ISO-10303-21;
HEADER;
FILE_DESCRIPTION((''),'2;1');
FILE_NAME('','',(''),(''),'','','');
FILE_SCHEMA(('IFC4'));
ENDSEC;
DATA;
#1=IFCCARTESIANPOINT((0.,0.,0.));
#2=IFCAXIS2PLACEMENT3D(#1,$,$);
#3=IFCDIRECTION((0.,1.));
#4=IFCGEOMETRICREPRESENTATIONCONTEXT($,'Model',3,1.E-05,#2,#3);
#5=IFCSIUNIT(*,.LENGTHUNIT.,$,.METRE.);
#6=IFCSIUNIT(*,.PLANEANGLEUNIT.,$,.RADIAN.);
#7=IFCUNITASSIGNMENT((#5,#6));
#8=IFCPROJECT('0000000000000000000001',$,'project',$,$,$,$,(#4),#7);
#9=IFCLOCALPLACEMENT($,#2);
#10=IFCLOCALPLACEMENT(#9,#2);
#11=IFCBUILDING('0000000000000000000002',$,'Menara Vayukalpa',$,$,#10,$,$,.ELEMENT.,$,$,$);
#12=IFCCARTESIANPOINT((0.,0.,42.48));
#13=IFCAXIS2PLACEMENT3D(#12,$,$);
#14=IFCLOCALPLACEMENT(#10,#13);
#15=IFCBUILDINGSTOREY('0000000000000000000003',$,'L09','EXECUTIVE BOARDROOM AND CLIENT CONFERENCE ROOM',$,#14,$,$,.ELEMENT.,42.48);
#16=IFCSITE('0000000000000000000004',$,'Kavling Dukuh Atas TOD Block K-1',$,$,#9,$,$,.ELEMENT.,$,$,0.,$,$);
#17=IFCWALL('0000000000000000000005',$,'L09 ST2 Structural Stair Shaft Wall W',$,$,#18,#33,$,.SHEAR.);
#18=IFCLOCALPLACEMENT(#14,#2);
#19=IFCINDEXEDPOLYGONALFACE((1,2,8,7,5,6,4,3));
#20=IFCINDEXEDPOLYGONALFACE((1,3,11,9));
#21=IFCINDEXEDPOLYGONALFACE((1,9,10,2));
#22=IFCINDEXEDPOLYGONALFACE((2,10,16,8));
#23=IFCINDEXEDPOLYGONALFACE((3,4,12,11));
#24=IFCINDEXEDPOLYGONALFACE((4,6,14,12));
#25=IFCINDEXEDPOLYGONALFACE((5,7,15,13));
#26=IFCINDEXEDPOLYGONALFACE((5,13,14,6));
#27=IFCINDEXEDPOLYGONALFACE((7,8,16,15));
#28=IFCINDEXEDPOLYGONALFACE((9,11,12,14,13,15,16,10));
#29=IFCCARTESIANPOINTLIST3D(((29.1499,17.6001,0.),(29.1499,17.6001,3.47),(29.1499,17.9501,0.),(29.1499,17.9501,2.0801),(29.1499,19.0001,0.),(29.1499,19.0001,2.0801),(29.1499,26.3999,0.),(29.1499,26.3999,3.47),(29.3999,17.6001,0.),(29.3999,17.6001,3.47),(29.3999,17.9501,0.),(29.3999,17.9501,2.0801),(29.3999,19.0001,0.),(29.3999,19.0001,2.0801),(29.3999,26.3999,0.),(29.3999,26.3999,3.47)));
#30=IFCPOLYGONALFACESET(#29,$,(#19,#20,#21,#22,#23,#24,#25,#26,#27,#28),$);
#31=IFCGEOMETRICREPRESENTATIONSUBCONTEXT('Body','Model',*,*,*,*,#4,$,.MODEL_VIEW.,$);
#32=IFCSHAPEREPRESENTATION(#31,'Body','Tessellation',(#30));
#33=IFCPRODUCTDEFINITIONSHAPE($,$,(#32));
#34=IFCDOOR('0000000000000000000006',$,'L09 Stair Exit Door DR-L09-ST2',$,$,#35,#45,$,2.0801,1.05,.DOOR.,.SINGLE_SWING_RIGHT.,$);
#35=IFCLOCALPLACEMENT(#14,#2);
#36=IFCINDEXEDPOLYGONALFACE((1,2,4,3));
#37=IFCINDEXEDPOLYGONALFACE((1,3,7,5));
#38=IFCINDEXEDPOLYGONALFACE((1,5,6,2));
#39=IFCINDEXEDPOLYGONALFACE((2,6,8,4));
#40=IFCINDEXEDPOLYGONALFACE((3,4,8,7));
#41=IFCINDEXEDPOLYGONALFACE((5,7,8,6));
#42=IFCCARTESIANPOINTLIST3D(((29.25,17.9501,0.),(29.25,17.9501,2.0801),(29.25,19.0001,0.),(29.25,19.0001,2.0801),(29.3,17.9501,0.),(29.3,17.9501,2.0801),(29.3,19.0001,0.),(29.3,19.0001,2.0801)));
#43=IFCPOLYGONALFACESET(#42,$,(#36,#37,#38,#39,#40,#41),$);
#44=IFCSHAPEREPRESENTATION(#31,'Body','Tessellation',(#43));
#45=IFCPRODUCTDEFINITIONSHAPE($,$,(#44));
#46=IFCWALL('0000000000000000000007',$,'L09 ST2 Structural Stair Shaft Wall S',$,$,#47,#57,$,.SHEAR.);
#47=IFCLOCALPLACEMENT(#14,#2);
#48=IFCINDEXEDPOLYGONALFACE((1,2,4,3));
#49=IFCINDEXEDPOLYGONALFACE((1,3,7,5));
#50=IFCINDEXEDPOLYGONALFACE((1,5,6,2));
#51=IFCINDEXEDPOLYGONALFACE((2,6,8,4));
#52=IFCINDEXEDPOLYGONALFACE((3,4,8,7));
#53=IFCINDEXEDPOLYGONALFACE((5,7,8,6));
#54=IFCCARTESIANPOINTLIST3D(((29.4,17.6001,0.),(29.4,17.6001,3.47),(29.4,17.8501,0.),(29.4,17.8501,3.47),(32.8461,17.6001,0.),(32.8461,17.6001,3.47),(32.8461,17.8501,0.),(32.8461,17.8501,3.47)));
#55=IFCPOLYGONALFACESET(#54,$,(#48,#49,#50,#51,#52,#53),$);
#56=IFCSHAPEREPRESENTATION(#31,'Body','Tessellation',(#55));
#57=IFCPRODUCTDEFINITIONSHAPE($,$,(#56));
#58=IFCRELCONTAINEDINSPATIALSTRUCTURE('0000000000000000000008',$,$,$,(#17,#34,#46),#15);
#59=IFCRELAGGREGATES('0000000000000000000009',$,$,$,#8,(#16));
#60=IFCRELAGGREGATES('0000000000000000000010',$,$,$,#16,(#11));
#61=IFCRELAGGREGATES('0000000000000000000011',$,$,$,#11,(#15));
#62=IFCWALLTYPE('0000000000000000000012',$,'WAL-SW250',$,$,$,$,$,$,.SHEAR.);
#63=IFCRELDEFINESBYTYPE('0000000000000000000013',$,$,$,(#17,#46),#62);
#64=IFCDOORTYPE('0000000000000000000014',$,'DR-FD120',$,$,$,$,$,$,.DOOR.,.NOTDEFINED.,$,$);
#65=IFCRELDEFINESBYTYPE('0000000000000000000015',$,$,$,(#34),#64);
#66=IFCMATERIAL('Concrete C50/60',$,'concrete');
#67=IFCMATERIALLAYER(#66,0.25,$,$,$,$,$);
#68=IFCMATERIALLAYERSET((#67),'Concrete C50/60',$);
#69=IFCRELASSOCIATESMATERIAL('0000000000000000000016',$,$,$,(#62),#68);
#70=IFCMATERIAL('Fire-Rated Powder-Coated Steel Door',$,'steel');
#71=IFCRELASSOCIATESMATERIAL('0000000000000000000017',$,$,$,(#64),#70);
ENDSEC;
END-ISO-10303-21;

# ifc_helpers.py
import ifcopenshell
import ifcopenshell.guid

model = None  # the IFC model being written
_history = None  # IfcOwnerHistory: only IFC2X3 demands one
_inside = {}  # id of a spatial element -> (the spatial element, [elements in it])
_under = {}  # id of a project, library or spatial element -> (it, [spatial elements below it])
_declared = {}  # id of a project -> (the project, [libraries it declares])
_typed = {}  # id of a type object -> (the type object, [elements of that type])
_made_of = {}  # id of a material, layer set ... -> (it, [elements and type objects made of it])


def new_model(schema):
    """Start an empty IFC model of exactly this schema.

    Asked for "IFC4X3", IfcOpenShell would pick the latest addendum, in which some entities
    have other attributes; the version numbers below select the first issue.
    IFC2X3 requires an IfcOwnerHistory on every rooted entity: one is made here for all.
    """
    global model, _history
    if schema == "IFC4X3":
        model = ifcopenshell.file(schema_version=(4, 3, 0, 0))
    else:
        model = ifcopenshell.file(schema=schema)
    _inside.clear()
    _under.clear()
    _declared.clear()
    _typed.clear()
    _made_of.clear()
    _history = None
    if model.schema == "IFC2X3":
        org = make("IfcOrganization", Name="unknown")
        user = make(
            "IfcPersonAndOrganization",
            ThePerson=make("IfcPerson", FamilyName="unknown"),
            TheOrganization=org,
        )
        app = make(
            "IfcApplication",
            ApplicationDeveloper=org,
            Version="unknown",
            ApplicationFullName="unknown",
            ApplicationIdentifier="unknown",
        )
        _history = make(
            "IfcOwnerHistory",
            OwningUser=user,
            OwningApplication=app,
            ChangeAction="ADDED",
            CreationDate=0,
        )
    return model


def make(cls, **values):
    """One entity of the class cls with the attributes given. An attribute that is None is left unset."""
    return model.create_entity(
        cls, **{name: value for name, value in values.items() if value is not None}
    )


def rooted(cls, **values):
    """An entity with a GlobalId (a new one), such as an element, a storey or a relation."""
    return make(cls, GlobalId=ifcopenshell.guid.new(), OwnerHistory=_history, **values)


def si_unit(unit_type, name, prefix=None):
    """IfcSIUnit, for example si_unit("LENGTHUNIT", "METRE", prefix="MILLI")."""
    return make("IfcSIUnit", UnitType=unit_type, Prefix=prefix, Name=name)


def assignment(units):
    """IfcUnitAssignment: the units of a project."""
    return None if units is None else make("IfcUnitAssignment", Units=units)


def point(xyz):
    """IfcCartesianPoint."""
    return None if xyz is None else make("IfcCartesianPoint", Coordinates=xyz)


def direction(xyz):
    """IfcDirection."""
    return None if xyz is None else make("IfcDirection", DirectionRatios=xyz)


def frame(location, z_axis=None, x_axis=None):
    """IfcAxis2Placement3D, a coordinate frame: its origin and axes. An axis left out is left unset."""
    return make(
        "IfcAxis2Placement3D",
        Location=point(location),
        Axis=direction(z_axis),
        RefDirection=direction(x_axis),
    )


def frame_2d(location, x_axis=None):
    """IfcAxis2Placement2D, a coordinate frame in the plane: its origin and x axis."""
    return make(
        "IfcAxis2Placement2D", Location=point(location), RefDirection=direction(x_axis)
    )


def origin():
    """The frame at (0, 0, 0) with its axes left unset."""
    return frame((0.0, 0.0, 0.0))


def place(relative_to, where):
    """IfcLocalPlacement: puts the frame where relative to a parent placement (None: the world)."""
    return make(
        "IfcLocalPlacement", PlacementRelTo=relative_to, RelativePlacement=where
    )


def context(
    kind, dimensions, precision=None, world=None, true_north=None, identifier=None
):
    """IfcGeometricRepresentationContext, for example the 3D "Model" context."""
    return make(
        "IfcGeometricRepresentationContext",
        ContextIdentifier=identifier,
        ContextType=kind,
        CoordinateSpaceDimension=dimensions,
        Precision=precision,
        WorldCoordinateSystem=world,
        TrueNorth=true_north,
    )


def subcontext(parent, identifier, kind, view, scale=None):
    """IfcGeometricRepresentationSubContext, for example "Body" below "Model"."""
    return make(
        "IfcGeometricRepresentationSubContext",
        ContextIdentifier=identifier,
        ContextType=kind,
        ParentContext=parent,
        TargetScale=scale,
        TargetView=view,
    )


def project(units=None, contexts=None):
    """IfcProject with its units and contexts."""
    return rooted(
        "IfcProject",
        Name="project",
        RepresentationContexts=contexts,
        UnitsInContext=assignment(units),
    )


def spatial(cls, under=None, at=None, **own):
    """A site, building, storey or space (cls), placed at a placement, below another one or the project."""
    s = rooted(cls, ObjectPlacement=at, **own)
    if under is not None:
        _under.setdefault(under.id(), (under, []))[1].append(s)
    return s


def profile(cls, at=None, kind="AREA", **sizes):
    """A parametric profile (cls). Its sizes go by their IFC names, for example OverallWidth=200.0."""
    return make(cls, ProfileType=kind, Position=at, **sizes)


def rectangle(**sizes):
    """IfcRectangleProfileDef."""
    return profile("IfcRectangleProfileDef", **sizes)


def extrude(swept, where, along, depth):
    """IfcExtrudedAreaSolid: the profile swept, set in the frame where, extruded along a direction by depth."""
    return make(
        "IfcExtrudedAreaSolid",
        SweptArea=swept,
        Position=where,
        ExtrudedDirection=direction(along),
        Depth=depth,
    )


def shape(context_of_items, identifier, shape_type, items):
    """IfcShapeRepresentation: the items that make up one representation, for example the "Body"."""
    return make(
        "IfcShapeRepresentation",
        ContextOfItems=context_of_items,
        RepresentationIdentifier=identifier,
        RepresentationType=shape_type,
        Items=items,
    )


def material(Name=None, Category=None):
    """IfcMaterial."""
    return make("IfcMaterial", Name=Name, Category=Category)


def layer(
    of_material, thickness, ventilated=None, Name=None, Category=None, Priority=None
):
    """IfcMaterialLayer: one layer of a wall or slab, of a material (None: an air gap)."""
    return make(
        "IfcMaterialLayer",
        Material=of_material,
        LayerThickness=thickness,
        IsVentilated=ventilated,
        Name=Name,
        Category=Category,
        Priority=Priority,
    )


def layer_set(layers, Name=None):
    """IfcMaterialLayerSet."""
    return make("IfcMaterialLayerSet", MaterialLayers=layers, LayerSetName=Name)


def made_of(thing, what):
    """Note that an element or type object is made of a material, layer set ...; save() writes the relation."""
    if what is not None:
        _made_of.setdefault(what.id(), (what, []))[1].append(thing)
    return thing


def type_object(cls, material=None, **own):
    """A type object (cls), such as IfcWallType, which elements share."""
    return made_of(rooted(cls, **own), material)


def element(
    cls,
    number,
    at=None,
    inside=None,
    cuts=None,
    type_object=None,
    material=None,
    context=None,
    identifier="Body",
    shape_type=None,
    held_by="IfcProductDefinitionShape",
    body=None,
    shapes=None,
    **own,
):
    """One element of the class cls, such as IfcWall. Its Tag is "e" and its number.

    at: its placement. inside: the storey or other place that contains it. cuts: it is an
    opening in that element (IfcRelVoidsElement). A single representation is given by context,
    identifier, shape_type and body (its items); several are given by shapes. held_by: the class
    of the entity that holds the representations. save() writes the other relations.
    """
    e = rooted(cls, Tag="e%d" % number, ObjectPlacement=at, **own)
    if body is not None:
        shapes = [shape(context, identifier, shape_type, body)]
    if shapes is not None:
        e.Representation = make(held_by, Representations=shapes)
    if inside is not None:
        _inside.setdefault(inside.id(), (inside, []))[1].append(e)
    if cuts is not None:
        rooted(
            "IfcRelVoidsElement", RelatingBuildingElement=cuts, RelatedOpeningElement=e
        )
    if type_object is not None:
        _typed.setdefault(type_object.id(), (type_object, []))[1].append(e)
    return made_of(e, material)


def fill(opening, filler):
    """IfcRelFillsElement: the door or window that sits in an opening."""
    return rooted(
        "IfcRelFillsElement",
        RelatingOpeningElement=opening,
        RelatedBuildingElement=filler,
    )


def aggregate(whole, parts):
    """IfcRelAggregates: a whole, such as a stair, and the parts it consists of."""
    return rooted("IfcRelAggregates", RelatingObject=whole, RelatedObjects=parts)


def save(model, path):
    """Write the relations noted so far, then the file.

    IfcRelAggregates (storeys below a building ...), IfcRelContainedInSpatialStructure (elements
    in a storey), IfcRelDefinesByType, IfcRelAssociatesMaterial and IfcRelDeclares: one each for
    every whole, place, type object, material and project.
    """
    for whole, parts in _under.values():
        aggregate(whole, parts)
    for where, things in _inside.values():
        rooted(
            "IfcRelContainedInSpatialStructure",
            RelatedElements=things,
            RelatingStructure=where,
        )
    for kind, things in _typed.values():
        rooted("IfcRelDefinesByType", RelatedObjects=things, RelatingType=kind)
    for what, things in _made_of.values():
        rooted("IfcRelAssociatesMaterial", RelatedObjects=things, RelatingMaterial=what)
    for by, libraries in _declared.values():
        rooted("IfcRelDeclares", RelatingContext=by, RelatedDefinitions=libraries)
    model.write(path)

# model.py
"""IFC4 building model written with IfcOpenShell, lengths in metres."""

from ifc_helpers import new_model, si_unit, direction, frame, frame_2d, origin, place, context, subcontext, project, spatial, rectangle, extrude, material, layer, layer_set, type_object, element, fill, save


model = new_model("IFC4")

# Units and contexts
model_context = context("Model", 3, precision=1e-05, world=origin(), true_north=direction((0.0, 1.0)))
body_context = subcontext(model_context, "Body", "Model", "MODEL_VIEW")
ifc_project = project(units=[si_unit("LENGTHUNIT", "METRE"), si_unit("PLANEANGLEUNIT", "RADIAN")], contexts=[model_context])

# Site, building, storey
site_placement = place(None, origin())
site = spatial("IfcSite", under=ifc_project, at=site_placement, Name="Kavling Dukuh Atas TOD Block K-1", CompositionType="ELEMENT", RefElevation=0.0)
building_placement = place(site_placement, origin())
building = spatial("IfcBuilding", under=site, at=building_placement, Name="Menara Vayukalpa", CompositionType="ELEMENT")
storey_placement = place(building_placement, frame((0.0, 0.0, 42.48)))
storey = spatial("IfcBuildingStorey", under=building, at=storey_placement, Name="L09", Description="EXECUTIVE BOARDROOM AND CLIENT CONFERENCE ROOM", CompositionType="ELEMENT", Elevation=42.48)

# Wall, opening, door
ifc_material_1 = material(Name="Concrete C50/60", Category="concrete")
ifc_layer_1 = layer(ifc_material_1, 0.25)
ifc_layer_set_1 = layer_set([ifc_layer_1], Name="Concrete C50/60")
wall_type_1 = type_object("IfcWallType", Name="WAL-SW250", PredefinedType="SHEAR", material=ifc_layer_set_1)
wall_1_placement = place(storey_placement, frame((29.2749, 17.6001, 0.0), z_axis=(0.0, 0.0, 1.0), x_axis=(0.0, 1.0, 0.0)))
wall_1 = element("IfcWall", 1, at=wall_1_placement, inside=storey, type_object=wall_type_1, Name="L09 ST2 Structural Stair Shaft Wall W", PredefinedType="SHEAR", context=body_context, shape_type="SweptSolid", body=[
    extrude(rectangle(XDim=8.7998, YDim=0.25, at=frame_2d((4.3999, 0.0))), origin(), (0.0, 0.0, 1.0), 3.47),
])
opening_1_placement = place(wall_1_placement, frame((0.3501, 0.0, 0.0)))
opening_1 = element("IfcOpeningElement", 2, at=opening_1_placement, cuts=wall_1, PredefinedType="OPENING", context=body_context, shape_type="SweptSolid", body=[
    extrude(rectangle(XDim=1.05, YDim=2.0801, at=frame_2d((0.5249, 1.04))), frame((0.0, 0.135, 0.0), z_axis=(0.0, -1.0, 0.0), x_axis=(1.0, 0.0, 0.0)), (0.0, 0.0, 1.0), 0.27),
])
ifc_material_2 = material(Name="Fire-Rated Powder-Coated Steel Door", Category="steel")
door_type_1 = type_object("IfcDoorType", Name="DR-FD120", OperationType="NOTDEFINED", PredefinedType="DOOR", material=ifc_material_2)
door_1_placement = place(opening_1_placement, origin())
door_1 = element("IfcDoor", 3, at=door_1_placement, inside=storey, type_object=door_type_1, Name="L09 Stair Exit Door DR-L09-ST2", OperationType="SINGLE_SWING_RIGHT", OverallHeight=2.0801, OverallWidth=1.05, PredefinedType="DOOR", context=body_context, shape_type="SweptSolid", body=[
    extrude(rectangle(XDim=1.05, YDim=2.0801, at=frame_2d((0.5249, 1.04))), frame((0.0, 0.0249, 0.0), z_axis=(0.0, -1.0, 0.0), x_axis=(1.0, 0.0, 0.0)), (0.0, 0.0, 1.0), 0.05),
])
fill(opening_1, door_1)

# Wall
wall_2_placement = place(storey_placement, frame((29.3999, 17.7251, 0.0), z_axis=(0.0, 0.0, 1.0), x_axis=(1.0, 0.0, 0.0)))
element("IfcWall", 4, at=wall_2_placement, inside=storey, type_object=wall_type_1, Name="L09 ST2 Structural Stair Shaft Wall S", PredefinedType="SHEAR", context=body_context, shape_type="SweptSolid", body=[
    extrude(rectangle(XDim=3.446, YDim=0.25, at=frame_2d((1.7231, 0.0))), origin(), (0.0, 0.0, 1.0), 3.47),
])

save(model, "model.ifc")
